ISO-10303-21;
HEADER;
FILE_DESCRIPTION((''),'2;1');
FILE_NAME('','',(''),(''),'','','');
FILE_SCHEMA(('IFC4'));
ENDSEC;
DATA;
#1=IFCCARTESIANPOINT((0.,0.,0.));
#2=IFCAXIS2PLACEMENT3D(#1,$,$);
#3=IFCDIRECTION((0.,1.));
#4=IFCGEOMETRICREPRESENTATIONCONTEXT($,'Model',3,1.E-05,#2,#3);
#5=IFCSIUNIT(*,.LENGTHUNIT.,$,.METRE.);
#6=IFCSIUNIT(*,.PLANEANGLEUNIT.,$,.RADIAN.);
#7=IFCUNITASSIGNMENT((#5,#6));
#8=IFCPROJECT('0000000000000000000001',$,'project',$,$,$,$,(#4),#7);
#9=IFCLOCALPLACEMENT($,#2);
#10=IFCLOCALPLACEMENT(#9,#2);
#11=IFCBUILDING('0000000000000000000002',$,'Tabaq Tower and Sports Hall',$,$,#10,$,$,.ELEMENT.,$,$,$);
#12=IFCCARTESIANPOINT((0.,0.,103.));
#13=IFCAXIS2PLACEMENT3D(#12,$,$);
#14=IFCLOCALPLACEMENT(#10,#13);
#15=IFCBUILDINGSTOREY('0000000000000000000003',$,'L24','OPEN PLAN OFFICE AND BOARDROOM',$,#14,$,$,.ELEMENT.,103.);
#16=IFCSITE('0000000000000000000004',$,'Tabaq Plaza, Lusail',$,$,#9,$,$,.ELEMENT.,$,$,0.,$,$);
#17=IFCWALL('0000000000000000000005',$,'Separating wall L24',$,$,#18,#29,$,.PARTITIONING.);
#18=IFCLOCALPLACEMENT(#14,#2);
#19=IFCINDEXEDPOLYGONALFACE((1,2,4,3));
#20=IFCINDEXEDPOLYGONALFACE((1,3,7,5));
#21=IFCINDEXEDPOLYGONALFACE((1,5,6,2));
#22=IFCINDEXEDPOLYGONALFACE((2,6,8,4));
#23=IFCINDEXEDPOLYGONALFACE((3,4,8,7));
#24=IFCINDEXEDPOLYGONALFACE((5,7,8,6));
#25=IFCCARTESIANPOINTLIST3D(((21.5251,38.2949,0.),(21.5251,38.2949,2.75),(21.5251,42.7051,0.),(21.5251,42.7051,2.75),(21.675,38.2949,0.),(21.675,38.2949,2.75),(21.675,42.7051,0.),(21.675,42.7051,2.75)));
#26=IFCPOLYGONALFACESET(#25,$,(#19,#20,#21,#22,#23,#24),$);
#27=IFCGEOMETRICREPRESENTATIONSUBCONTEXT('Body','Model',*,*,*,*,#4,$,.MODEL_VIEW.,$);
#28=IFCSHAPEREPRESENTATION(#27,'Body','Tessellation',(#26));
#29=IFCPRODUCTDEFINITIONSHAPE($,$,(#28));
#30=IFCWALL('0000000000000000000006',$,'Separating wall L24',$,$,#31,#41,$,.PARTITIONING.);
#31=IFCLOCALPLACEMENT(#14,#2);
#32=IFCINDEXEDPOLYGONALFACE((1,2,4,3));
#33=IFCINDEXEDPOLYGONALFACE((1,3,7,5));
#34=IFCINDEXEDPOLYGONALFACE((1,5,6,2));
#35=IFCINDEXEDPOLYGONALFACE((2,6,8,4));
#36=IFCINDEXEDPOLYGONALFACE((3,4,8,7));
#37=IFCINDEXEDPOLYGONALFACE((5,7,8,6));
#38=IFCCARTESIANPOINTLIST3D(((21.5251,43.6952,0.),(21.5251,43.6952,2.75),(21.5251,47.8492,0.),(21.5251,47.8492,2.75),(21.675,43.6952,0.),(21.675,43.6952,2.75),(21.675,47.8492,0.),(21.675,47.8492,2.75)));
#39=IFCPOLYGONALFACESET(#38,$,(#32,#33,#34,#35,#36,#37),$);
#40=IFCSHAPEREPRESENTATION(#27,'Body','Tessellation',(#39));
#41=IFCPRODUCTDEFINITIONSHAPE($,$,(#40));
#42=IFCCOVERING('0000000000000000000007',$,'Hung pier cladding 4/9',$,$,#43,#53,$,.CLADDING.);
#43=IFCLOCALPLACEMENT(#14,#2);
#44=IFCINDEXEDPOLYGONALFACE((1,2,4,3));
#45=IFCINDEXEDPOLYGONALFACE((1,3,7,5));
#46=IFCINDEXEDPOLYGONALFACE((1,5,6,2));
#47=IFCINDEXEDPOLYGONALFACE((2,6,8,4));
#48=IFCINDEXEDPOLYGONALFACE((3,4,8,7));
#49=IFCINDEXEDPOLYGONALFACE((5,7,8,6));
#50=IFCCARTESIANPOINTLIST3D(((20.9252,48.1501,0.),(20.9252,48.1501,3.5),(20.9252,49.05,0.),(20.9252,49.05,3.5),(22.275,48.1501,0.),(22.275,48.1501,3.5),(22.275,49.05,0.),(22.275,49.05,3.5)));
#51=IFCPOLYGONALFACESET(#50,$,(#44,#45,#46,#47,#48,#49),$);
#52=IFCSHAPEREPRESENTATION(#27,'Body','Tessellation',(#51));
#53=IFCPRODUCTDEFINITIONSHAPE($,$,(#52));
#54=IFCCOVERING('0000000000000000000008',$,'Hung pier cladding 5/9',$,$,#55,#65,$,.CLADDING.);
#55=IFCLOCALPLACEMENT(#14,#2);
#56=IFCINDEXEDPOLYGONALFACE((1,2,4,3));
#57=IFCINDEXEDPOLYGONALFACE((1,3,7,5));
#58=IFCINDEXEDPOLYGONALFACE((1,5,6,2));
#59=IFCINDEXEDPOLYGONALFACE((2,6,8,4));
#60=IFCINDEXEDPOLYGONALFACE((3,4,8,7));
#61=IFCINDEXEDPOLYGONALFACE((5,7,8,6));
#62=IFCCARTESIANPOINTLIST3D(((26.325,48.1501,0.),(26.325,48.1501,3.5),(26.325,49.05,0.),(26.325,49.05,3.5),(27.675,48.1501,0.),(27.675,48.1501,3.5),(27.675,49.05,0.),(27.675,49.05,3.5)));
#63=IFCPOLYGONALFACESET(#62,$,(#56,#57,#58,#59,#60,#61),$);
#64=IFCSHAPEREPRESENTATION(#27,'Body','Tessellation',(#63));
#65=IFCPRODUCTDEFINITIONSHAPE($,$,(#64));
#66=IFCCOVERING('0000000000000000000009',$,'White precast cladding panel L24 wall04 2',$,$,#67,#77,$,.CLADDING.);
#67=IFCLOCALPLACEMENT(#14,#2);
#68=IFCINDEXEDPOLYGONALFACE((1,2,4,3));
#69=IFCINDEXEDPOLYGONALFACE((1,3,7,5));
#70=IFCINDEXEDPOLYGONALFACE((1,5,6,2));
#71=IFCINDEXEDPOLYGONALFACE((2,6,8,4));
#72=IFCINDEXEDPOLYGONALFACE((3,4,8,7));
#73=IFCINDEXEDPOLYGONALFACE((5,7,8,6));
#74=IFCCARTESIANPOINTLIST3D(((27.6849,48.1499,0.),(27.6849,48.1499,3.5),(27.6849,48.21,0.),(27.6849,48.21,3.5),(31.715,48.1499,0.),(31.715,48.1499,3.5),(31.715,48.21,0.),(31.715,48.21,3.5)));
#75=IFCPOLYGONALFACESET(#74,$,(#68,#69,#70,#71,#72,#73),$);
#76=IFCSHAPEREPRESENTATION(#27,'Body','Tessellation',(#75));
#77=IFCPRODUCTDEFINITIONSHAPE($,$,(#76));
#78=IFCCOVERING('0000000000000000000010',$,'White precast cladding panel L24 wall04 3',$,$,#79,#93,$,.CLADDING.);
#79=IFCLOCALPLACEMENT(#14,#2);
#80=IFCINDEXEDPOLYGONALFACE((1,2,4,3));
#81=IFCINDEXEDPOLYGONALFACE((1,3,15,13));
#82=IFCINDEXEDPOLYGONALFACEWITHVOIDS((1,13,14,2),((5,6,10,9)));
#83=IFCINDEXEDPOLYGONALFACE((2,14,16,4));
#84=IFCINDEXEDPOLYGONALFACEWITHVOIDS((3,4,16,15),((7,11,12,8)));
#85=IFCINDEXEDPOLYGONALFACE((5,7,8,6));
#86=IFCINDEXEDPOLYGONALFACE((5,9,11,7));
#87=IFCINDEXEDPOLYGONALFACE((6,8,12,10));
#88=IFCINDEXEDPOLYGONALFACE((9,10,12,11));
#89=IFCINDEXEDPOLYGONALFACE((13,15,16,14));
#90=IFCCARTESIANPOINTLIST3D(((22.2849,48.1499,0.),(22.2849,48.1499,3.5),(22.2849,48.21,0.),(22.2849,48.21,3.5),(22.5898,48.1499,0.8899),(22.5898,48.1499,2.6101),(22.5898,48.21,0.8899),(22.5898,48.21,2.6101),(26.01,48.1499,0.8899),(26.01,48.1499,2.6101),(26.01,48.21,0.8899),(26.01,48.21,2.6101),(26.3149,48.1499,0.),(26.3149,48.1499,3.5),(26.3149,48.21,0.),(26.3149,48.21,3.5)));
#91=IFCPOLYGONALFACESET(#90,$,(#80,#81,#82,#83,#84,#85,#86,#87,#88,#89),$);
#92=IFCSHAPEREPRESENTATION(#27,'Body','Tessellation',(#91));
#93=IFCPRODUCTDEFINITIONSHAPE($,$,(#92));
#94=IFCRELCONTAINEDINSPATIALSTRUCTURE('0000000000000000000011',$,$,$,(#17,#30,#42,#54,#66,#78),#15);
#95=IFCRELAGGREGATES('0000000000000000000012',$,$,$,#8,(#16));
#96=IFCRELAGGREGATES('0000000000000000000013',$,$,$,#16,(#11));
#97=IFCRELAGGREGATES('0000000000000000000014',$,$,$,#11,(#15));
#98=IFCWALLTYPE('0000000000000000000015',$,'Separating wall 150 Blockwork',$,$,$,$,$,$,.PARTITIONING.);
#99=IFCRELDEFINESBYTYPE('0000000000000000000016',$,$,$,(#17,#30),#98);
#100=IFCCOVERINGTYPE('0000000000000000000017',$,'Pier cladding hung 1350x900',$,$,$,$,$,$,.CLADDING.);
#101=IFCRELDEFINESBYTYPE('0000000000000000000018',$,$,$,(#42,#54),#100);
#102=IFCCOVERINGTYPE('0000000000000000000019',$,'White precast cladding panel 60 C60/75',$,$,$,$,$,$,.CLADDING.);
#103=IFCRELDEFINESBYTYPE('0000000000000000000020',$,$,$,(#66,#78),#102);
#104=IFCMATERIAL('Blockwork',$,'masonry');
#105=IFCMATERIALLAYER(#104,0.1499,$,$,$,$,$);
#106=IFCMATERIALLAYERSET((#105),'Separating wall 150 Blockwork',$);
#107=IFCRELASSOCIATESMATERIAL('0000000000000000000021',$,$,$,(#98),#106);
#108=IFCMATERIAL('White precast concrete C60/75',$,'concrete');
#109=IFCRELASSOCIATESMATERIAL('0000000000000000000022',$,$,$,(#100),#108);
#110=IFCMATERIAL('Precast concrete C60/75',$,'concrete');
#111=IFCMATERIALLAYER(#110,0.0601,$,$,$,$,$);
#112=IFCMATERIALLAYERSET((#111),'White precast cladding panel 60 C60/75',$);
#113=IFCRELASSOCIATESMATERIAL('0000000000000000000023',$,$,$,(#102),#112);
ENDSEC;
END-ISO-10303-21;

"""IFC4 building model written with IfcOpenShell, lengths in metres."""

from ifc_helpers import new_model, si_unit, direction, frame, frame_2d, origin, place, context, subcontext, project, spatial, polyline, rectangle, outline, extrude, material, layer, layer_set, type_object, element, save


model = new_model("IFC4")

# Units and contexts
model_context = context("Model", 3, precision=1e-05, world=origin(), true_north=direction((0.0, 1.0)))
body_context = subcontext(model_context, "Body", "Model", "MODEL_VIEW")
ifc_project = project(units=[si_unit("LENGTHUNIT", "METRE"), si_unit("PLANEANGLEUNIT", "RADIAN")], contexts=[model_context])

# Site, building, storey
site_placement = place(None, origin())
site = spatial("IfcSite", under=ifc_project, at=site_placement, Name="Tabaq Plaza, Lusail", CompositionType="ELEMENT", RefElevation=0.0)
building_placement = place(site_placement, origin())
building = spatial("IfcBuilding", under=site, at=building_placement, Name="Tabaq Tower and Sports Hall", CompositionType="ELEMENT")
storey_placement = place(building_placement, frame((0.0, 0.0, 103.0)))
storey = spatial("IfcBuildingStorey", under=building, at=storey_placement, Name="L24", Description="OPEN PLAN OFFICE AND BOARDROOM", CompositionType="ELEMENT", Elevation=103.0)

# Walls
ifc_material_1 = material(Name="Blockwork", Category="masonry")
ifc_layer_1 = layer(ifc_material_1, 0.1499)
ifc_layer_set_1 = layer_set([ifc_layer_1], Name="Separating wall 150 Blockwork")
wall_type_1 = type_object("IfcWallType", Name="Separating wall 150 Blockwork", PredefinedType="PARTITIONING", material=ifc_layer_set_1)
wall_1_placement = place(storey_placement, frame((21.6001, 38.2949, 0.0), z_axis=(0.0, 0.0, 1.0), x_axis=(0.0, 1.0, 0.0)))
element("IfcWall", 1, at=wall_1_placement, inside=storey, type_object=wall_type_1, Name="Separating wall L24", PredefinedType="PARTITIONING", context=body_context, shape_type="SweptSolid", body=[
    extrude(rectangle(XDim=4.4102, YDim=0.1499, at=frame_2d((2.2051, 0.0))), origin(), (0.0, 0.0, 1.0), 2.75),
])
wall_2_placement = place(storey_placement, frame((21.6001, 43.6951, 0.0), z_axis=(0.0, 0.0, 1.0), x_axis=(0.0, 1.0, 0.0)))
element("IfcWall", 2, at=wall_2_placement, inside=storey, type_object=wall_type_1, Name="Separating wall L24", PredefinedType="PARTITIONING", context=body_context, shape_type="SweptSolid", body=[
    extrude(rectangle(XDim=4.1541, YDim=0.1499, at=frame_2d((2.0771, 0.0))), origin(), (0.0, 0.0, 1.0), 2.75),
])

# Coverings
ifc_material_2 = material(Name="White precast concrete C60/75", Category="concrete")
covering_type_1 = type_object("IfcCoveringType", Name="Pier cladding hung 1350x900", PredefinedType="CLADDING", material=ifc_material_2)
covering_1_placement = place(storey_placement, frame((22.2749, 48.6001, 0.0), z_axis=(0.0, 0.0, 1.0), x_axis=(-1.0, 0.0, 0.0)))
element("IfcCovering", 3, at=covering_1_placement, inside=storey, type_object=covering_type_1, Name="Hung pier cladding 4/9", PredefinedType="CLADDING", context=body_context, shape_type="SweptSolid", body=[
    extrude(rectangle(XDim=1.3499, YDim=0.8999, at=frame_2d((0.6748, 0.0))), origin(), (0.0, 0.0, 1.0), 3.5),
])
covering_2_placement = place(storey_placement, frame((27.675, 48.6001, 0.0), z_axis=(0.0, 0.0, 1.0), x_axis=(-1.0, 0.0, 0.0)))
element("IfcCovering", 4, at=covering_2_placement, inside=storey, type_object=covering_type_1, Name="Hung pier cladding 5/9", PredefinedType="CLADDING", context=body_context, shape_type="SweptSolid", body=[
    extrude(rectangle(XDim=1.3501, YDim=0.8999, at=frame_2d((0.675, 0.0))), origin(), (0.0, 0.0, 1.0), 3.5),
])
ifc_material_3 = material(Name="Precast concrete C60/75", Category="concrete")
ifc_layer_2 = layer(ifc_material_3, 0.0601)
ifc_layer_set_2 = layer_set([ifc_layer_2], Name="White precast cladding panel 60 C60/75")
covering_type_2 = type_object("IfcCoveringType", Name="White precast cladding panel 60 C60/75", PredefinedType="CLADDING", material=ifc_layer_set_2)
covering_3_placement = place(storey_placement, frame((31.7151, 48.1799, 0.0), z_axis=(0.0, 0.0, 1.0), x_axis=(-1.0, 0.0, 0.0)))
element("IfcCovering", 5, at=covering_3_placement, inside=storey, type_object=covering_type_2, Name="White precast cladding panel L24 wall04 2", PredefinedType="CLADDING", context=body_context, shape_type="SweptSolid", body=[
    extrude(rectangle(XDim=4.03, YDim=0.0601, at=frame_2d((2.0151, 0.0))), origin(), (0.0, 0.0, 1.0), 3.5),
])
covering_4_placement = place(storey_placement, frame((26.3149, 48.1799, 0.0), z_axis=(0.0, 0.0, 1.0), x_axis=(-1.0, 0.0, 0.0)))
element("IfcCovering", 6, at=covering_4_placement, inside=storey, type_object=covering_type_2, Name="White precast cladding panel L24 wall04 3", PredefinedType="CLADDING", context=body_context, shape_type="SweptSolid", body=[
    extrude(outline(polyline([(0.0, 0.0), (4.03, 0.0), (4.03, 3.5), (0.0, 3.5), (0.0, 0.0)]), holes=[polyline([(0.3049, 0.8899), (0.3049, 2.6101), (3.7251, 2.6101), (3.7251, 0.8899), (0.3049, 0.8899)])]), frame((0.0, 0.03, 0.0), z_axis=(0.0, -1.0, 0.0), x_axis=(1.0, 0.0, 0.0)), (0.0, 0.0, 1.0), 0.0601),
])

save(model, "model.ifc")
